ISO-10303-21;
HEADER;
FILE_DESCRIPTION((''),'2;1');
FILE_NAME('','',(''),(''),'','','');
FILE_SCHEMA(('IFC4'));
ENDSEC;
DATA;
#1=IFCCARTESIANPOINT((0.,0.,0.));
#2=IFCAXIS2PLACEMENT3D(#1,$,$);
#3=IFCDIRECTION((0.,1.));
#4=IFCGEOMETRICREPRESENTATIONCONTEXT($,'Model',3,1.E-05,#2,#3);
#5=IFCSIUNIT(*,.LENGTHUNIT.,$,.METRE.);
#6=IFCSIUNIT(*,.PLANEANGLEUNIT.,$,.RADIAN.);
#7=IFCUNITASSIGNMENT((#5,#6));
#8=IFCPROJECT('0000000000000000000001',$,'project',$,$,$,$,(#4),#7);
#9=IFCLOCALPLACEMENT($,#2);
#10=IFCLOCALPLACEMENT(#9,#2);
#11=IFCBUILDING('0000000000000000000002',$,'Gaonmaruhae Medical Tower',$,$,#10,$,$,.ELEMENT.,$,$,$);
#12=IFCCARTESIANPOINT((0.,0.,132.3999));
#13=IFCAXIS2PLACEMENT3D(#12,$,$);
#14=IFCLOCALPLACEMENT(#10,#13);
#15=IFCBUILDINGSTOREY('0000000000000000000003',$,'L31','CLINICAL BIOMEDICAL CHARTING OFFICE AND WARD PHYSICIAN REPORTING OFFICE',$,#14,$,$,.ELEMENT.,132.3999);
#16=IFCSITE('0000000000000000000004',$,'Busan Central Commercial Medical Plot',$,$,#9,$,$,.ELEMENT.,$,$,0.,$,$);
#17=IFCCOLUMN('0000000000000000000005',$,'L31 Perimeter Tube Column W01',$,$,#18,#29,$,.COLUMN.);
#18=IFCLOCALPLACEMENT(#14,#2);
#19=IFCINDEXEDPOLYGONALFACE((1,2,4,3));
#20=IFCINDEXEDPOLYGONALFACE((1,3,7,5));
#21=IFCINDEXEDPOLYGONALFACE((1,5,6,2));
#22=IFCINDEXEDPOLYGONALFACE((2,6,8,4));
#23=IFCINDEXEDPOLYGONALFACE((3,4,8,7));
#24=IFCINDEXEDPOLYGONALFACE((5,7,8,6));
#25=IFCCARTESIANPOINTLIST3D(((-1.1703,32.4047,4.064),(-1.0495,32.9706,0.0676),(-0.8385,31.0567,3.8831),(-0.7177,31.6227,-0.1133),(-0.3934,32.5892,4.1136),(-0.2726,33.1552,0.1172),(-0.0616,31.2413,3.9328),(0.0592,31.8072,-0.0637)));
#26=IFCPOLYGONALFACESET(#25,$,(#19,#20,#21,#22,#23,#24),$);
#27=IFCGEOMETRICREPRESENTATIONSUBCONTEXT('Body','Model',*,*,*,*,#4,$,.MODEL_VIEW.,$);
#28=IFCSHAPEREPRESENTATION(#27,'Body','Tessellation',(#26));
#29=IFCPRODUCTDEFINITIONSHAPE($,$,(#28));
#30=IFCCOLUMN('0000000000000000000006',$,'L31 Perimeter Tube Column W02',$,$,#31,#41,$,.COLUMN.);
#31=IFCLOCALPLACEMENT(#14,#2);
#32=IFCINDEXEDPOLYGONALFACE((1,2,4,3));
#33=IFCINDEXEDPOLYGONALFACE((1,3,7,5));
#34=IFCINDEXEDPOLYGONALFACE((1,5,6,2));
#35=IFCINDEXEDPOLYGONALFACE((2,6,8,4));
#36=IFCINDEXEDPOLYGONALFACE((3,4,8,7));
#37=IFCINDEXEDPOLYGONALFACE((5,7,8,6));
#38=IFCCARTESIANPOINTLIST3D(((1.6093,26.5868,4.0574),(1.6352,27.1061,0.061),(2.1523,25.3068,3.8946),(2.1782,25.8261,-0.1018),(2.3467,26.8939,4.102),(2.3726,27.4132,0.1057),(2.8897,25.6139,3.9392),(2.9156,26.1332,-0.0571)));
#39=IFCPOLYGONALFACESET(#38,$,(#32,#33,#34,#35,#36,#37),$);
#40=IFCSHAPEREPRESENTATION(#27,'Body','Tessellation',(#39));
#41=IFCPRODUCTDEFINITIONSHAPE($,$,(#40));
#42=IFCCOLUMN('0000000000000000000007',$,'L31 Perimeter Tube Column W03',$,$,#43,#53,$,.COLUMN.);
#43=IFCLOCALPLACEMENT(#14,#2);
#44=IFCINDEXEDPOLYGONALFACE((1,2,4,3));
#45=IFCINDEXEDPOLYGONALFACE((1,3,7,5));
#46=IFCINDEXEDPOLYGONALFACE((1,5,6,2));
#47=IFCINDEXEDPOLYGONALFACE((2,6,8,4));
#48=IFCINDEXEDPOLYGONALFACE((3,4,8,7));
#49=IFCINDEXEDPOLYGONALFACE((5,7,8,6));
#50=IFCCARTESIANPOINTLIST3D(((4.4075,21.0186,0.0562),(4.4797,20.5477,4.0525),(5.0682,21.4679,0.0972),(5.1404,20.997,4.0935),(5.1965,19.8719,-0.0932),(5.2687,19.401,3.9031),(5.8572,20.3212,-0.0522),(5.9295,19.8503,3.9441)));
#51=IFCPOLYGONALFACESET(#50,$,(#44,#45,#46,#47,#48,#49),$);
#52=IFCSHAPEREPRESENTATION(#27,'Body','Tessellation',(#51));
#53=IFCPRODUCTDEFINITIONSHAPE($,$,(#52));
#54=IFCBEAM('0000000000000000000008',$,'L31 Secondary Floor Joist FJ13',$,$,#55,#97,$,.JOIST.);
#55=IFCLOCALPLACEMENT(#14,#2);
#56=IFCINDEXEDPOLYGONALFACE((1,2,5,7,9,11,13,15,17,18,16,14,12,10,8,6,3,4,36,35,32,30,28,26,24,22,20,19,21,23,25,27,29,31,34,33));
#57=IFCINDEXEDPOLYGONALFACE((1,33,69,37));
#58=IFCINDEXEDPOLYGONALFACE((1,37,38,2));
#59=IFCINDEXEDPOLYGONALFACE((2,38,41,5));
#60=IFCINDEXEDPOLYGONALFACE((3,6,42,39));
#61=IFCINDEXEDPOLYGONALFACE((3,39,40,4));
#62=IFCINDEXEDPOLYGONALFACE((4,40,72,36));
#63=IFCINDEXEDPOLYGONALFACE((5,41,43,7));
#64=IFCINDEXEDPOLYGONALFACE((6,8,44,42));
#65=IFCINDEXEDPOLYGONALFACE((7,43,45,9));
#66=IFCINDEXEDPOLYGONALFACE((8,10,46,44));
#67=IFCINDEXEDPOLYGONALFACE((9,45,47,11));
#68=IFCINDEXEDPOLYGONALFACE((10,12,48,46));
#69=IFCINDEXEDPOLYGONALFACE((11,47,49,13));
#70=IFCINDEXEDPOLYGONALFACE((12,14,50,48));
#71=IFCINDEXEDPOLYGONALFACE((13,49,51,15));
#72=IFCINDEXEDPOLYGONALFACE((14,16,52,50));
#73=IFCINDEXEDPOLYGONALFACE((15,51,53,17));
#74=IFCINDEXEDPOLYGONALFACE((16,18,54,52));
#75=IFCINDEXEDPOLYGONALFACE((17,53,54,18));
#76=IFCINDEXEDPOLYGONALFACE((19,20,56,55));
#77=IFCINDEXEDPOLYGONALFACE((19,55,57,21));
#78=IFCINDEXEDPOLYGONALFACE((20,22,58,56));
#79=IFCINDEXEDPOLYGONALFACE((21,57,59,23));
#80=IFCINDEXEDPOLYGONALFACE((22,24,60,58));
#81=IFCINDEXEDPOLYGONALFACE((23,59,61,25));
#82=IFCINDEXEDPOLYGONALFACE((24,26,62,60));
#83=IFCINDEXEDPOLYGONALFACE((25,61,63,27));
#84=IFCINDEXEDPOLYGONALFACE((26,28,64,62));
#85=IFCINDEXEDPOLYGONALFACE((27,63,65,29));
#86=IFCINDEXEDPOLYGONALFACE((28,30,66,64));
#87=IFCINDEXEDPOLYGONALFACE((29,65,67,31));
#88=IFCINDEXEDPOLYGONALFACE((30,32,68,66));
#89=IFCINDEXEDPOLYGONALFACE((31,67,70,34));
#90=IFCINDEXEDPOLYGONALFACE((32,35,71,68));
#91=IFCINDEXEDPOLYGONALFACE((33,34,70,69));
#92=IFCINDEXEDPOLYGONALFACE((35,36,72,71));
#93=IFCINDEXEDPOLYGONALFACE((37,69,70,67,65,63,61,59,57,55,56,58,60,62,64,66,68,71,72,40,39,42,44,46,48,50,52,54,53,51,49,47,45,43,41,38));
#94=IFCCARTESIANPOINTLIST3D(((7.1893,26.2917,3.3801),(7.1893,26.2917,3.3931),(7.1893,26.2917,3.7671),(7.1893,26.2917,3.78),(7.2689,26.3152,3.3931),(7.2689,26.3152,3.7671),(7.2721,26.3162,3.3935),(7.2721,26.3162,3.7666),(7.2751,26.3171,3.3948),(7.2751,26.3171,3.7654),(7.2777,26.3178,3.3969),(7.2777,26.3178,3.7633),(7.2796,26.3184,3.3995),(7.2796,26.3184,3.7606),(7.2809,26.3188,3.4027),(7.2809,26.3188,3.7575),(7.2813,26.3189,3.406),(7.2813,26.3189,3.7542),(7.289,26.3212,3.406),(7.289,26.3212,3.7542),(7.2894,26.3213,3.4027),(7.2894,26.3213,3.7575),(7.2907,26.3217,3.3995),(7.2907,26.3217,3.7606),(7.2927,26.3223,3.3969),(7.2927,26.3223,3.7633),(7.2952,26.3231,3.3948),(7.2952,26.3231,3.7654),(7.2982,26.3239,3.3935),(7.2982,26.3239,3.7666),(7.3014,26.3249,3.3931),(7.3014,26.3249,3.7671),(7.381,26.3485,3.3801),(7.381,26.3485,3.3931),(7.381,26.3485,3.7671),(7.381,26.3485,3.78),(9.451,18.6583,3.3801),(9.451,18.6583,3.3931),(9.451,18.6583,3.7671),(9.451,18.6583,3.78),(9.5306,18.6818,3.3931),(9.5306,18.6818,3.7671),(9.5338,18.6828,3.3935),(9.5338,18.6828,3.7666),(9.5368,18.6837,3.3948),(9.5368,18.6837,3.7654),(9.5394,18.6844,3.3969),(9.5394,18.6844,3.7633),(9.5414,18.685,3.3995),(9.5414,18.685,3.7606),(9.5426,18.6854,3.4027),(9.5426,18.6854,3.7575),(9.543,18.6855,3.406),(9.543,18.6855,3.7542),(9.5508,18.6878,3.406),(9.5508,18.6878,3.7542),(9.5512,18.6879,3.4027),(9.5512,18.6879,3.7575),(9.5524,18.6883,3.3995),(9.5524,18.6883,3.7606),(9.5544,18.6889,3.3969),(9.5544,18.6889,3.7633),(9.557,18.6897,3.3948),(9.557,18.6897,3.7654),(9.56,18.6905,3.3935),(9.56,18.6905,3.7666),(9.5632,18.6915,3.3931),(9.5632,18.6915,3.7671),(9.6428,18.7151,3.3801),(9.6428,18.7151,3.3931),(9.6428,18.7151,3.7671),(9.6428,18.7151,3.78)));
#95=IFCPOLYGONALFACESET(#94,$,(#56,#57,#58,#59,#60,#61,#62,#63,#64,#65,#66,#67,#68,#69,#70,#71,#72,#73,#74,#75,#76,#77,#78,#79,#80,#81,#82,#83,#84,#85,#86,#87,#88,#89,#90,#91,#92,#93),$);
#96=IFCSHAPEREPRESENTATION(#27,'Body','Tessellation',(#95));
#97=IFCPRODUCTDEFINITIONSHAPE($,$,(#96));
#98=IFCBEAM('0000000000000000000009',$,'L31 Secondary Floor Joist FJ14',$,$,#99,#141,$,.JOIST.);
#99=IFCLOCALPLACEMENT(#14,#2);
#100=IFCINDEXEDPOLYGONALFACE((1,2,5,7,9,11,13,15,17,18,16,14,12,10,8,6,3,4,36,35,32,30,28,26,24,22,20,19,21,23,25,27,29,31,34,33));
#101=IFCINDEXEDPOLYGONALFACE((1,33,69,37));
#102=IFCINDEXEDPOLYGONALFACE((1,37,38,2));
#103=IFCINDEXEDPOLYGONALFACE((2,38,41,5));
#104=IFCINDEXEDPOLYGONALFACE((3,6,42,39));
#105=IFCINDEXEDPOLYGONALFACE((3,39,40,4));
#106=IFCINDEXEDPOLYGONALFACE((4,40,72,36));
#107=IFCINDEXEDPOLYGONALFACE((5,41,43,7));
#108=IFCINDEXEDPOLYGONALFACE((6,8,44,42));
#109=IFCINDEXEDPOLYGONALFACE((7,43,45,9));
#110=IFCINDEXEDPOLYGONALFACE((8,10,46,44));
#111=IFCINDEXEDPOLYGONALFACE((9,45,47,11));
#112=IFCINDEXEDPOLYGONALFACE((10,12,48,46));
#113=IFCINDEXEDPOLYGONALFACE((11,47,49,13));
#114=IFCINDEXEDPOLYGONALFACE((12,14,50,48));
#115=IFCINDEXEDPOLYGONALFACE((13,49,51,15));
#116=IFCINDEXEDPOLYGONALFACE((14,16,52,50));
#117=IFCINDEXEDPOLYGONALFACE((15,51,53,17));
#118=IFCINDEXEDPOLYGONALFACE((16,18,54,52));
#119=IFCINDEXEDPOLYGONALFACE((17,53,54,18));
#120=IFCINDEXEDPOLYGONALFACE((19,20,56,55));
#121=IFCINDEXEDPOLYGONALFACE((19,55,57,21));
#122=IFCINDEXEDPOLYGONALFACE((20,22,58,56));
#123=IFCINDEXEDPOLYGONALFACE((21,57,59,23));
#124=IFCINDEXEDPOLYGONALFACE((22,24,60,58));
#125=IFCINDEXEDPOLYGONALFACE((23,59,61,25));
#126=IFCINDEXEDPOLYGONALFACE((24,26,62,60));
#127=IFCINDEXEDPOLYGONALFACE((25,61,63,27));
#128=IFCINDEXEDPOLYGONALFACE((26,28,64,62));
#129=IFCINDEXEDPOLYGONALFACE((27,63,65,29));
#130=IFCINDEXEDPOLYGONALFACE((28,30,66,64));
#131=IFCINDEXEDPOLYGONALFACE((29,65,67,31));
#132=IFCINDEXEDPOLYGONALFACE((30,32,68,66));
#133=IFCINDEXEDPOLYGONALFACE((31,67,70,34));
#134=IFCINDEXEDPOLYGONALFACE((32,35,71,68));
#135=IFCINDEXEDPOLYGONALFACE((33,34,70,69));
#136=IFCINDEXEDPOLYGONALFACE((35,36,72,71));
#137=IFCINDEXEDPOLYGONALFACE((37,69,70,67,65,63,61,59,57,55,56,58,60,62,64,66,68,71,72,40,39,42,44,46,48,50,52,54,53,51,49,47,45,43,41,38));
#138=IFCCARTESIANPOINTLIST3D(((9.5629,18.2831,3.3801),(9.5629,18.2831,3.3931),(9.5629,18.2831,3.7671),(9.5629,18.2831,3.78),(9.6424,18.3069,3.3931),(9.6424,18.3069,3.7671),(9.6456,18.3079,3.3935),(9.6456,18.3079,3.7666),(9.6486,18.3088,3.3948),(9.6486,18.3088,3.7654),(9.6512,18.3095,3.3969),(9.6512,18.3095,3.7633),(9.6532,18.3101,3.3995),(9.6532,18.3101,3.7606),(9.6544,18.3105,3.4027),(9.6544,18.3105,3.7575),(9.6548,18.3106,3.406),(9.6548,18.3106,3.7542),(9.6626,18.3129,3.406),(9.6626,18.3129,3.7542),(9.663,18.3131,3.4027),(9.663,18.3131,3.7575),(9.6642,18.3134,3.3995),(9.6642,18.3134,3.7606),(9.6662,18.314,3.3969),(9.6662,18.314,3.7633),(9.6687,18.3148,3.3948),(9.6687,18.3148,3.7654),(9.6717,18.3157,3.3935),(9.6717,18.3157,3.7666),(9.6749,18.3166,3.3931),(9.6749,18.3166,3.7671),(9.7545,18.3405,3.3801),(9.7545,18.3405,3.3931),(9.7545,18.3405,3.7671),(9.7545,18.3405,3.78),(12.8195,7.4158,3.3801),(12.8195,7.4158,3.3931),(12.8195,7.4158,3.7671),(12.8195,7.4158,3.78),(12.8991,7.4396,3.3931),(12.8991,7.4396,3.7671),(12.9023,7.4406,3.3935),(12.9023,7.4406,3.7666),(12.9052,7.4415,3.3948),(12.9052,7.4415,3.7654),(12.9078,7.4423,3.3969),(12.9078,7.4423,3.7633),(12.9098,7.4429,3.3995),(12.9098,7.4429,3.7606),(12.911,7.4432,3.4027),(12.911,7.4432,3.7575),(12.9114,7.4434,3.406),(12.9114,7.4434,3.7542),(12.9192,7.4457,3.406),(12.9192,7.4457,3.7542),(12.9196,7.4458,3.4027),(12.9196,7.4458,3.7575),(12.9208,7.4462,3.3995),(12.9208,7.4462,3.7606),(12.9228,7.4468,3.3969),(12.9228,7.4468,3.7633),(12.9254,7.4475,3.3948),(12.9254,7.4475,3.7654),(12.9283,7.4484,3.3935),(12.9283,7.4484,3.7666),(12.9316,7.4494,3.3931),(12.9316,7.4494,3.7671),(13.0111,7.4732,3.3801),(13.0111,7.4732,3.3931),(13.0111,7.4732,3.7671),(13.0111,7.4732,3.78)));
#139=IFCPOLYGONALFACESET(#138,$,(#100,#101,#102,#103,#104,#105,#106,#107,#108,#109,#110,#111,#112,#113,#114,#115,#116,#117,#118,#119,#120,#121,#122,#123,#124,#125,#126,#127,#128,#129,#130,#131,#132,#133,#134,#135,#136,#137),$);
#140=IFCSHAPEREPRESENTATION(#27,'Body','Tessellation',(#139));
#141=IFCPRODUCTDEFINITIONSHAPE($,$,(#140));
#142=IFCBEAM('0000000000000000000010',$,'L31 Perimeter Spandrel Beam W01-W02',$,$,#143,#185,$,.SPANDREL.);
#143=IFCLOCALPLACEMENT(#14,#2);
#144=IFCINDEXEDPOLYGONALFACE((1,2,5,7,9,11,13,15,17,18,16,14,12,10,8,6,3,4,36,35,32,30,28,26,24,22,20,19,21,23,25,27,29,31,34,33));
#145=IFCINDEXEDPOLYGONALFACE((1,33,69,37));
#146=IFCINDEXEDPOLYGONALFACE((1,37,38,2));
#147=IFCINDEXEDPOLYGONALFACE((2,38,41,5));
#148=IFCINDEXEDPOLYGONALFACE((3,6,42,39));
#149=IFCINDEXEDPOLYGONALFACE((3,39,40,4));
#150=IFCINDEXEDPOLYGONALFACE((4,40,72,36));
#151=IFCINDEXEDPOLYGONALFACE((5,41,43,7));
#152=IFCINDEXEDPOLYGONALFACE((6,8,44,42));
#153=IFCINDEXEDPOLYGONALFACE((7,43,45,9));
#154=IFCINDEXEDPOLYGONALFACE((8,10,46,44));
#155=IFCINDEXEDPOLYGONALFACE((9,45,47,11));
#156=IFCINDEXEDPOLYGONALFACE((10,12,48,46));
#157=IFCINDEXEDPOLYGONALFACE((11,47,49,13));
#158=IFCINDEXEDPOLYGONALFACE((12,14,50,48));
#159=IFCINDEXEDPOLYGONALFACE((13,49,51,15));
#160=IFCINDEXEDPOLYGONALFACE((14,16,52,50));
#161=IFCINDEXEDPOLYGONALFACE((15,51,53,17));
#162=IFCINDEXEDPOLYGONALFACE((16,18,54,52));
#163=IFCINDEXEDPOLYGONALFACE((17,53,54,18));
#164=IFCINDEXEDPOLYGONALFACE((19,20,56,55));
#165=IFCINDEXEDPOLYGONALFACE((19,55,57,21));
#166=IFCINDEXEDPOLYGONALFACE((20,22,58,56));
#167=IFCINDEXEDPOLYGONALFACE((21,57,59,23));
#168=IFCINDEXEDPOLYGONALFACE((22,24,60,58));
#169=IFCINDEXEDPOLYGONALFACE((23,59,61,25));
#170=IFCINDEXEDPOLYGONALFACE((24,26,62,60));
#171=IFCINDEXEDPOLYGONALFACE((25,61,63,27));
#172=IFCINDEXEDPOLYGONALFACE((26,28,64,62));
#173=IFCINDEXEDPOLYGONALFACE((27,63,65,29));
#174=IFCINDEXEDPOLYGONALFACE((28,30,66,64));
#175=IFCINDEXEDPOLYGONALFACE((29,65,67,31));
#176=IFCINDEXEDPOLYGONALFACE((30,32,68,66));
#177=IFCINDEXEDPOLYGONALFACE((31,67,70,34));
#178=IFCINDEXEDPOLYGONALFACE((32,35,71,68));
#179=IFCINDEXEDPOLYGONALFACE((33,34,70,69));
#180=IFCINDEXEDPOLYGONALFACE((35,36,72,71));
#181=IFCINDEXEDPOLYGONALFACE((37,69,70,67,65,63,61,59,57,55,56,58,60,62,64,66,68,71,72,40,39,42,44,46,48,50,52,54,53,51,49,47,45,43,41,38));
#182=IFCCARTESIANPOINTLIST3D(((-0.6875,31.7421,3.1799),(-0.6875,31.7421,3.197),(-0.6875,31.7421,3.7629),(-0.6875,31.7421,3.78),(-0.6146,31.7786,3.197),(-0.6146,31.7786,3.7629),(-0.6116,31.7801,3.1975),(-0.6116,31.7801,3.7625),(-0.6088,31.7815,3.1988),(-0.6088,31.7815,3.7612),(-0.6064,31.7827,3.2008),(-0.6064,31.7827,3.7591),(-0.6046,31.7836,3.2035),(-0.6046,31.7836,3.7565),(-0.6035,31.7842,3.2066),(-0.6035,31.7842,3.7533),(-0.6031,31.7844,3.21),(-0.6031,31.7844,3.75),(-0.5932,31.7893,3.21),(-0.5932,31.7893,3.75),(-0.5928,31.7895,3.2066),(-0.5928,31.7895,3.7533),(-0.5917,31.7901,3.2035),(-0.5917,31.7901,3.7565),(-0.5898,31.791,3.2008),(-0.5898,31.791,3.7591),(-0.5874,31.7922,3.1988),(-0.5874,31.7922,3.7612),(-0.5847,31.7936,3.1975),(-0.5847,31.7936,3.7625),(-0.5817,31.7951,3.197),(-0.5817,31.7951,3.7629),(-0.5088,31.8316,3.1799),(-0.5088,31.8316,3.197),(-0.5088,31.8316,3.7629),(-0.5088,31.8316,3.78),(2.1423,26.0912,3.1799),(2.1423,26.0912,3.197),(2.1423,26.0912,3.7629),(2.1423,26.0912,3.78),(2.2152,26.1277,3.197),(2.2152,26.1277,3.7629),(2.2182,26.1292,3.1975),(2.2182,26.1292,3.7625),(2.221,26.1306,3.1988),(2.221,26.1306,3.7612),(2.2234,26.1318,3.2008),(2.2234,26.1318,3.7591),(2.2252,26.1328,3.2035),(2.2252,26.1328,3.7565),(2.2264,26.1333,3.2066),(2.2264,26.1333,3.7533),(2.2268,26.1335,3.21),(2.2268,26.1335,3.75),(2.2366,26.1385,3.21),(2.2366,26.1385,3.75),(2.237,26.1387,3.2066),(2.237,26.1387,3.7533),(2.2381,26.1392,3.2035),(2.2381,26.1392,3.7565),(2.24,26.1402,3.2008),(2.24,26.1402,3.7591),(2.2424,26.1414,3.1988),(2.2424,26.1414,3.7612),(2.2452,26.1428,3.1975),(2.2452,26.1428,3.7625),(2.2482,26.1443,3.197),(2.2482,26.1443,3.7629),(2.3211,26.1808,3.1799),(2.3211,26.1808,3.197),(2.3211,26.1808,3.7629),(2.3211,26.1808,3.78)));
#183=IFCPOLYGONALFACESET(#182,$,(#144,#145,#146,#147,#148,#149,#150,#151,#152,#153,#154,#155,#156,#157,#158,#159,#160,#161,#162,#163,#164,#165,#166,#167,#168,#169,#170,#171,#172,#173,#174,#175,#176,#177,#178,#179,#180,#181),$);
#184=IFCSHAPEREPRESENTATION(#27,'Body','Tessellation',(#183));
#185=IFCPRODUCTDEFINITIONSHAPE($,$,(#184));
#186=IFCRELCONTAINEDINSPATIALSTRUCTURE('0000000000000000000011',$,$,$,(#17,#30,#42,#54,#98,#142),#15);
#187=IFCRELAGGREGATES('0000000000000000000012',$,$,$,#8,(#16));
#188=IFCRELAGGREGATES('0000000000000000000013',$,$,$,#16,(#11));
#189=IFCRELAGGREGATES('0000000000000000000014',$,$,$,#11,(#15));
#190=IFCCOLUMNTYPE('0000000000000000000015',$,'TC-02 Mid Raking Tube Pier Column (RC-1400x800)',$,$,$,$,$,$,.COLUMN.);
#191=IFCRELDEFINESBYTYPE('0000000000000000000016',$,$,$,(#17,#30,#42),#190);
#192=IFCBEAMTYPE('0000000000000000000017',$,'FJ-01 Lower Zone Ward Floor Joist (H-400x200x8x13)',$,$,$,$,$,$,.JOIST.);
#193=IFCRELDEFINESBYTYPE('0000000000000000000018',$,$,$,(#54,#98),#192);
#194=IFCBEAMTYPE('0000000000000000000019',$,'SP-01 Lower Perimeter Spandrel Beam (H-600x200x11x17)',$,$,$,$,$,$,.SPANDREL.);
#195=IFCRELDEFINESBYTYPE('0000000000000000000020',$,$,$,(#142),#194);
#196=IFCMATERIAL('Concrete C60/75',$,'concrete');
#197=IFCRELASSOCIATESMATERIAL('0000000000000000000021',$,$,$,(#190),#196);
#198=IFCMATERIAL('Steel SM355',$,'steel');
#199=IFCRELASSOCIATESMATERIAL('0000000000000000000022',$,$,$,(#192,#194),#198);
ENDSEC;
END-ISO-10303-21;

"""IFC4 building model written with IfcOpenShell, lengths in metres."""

from ifc_helpers import new_model, si_unit, direction, frame, origin, origin_2d, place, context, subcontext, project, spatial, rectangle, i_section, extrude, material, material_profile, profile_set, type_object, element, save


model = new_model("IFC4")

# Units and contexts
model_context = context("Model", 3, precision=1e-05, world=origin(), true_north=direction((0.0, 1.0)))
body_context = subcontext(model_context, "Body", "Model", "MODEL_VIEW")
ifc_project = project(units=[si_unit("LENGTHUNIT", "METRE"), si_unit("PLANEANGLEUNIT", "RADIAN")], contexts=[model_context])

# Site, building, storey
site_placement = place(None, origin())
site = spatial("IfcSite", under=ifc_project, at=site_placement, Name="Busan Central Commercial Medical Plot", CompositionType="ELEMENT", RefElevation=0.0)
building_placement = place(site_placement, origin())
building = spatial("IfcBuilding", under=site, at=building_placement, Name="Gaonmaruhae Medical Tower", CompositionType="ELEMENT")
storey_placement = place(building_placement, frame((0.0, 0.0, 132.3999)))
storey = spatial("IfcBuildingStorey", under=building, at=storey_placement, Name="L31", Description="CLINICAL BIOMEDICAL CHARTING OFFICE AND WARD PHYSICIAN REPORTING OFFICE", CompositionType="ELEMENT", Elevation=132.3999)

# Columns
ifc_material_1 = material(Name="Concrete C60/75", Category="concrete")
ifc_material_profile_1 = material_profile(ifc_material_1, rectangle(XDim=1.3999, YDim=0.8, at=origin_2d()), Name="RC-1400x800")
ifc_profile_set_1 = profile_set([ifc_material_profile_1], Name="Concrete C60/75")
column_type = type_object("IfcColumnType", Name="TC-02 Mid Raking Tube Pier Column (RC-1400x800)", PredefinedType="COLUMN", material=ifc_profile_set_1)
column_1_placement = place(storey_placement, frame((-0.4951, 32.3889, 0.002), z_axis=(-0.029928, -0.140147, 0.989678), x_axis=(-0.237013, 0.962879, 0.129185)))
element("IfcColumn", 1, at=column_1_placement, inside=storey, type_object=column_type, Name="L31 Perimeter Tube Column W01", PredefinedType="COLUMN", context=body_context, shape_type="SweptSolid", body=[
    extrude(rectangle(XDim=1.3999, YDim=0.8, at=origin_2d()), origin(), (0.0, 0.0, 1.0), 4.0381),
])
column_2_placement = place(storey_placement, frame((2.2754, 26.6196, 0.002), z_axis=(-0.006422, -0.128855, 0.991643), x_axis=(-0.387842, 0.914359, 0.116301)))
element("IfcColumn", 2, at=column_2_placement, inside=storey, type_object=column_type, Name="L31 Perimeter Tube Column W02", PredefinedType="COLUMN", context=body_context, shape_type="SweptSolid", body=[
    extrude(rectangle(XDim=1.3999, YDim=0.8, at=origin_2d()), origin(), (0.0, 0.0, 1.0), 4.03),
])
column_3_placement = place(storey_placement, frame((5.1323, 20.6699, 0.002), z_axis=(0.017956, -0.117016, 0.992968), x_axis=(-0.563629, 0.819105, 0.106719)))
element("IfcColumn", 3, at=column_3_placement, inside=storey, type_object=column_type, Name="L31 Perimeter Tube Column W03", PredefinedType="COLUMN", context=body_context, shape_type="SweptSolid", body=[
    extrude(rectangle(XDim=1.3999, YDim=0.8, at=origin_2d()), origin(), (0.0, 0.0, 1.0), 4.0247),
])

# Beams
ifc_material_2 = material(Name="Steel SM355", Category="steel")
ifc_material_profile_2 = material_profile(ifc_material_2, i_section(OverallWidth=0.2, OverallDepth=0.3999, WebThickness=0.0081, FlangeThickness=0.0129, FilletRadius=0.0129, at=origin_2d()), Name="H-400x200x8x13")
ifc_profile_set_2 = profile_set([ifc_material_profile_2], Name="Steel SM355")
beam_type_1 = type_object("IfcBeamType", Name="FJ-01 Lower Zone Ward Floor Joist (H-400x200x8x13)", PredefinedType="JOIST", material=ifc_profile_set_2)
beam_1_placement = place(storey_placement, frame((7.2852, 26.3201, 3.5801), z_axis=(0.284088, -0.958798, 0.0), x_axis=(0.958798, 0.284088, 0.0)))
element("IfcBeam", 4, at=beam_1_placement, inside=storey, type_object=beam_type_1, Name="L31 Secondary Floor Joist FJ13", PredefinedType="JOIST", context=body_context, shape_type="SweptSolid", body=[
    extrude(i_section(OverallWidth=0.2, OverallDepth=0.3999, WebThickness=0.0081, FlangeThickness=0.0129, FilletRadius=0.0129, at=origin_2d()), origin(), (0.0, 0.0, 1.0), 7.9614),
])
beam_2_placement = place(storey_placement, frame((9.6587, 18.3118, 3.5801), z_axis=(0.28706, -0.957913, 0.0), x_axis=(0.957913, 0.28706, 0.0)))
element("IfcBeam", 5, at=beam_2_placement, inside=storey, type_object=beam_type_1, Name="L31 Secondary Floor Joist FJ14", PredefinedType="JOIST", context=body_context, shape_type="SweptSolid", body=[
    extrude(i_section(OverallWidth=0.2, OverallDepth=0.3999, WebThickness=0.0081, FlangeThickness=0.0129, FilletRadius=0.0129, at=origin_2d()), origin(), (0.0, 0.0, 1.0), 11.3447),
])
ifc_material_profile_3 = material_profile(ifc_material_2, i_section(OverallWidth=0.2, OverallDepth=0.6001, WebThickness=0.011, FlangeThickness=0.0171, FilletRadius=0.0129, at=origin_2d()), Name="H-600x200x11x17")
ifc_profile_set_3 = profile_set([ifc_material_profile_3], Name="Steel SM355")
beam_type_2 = type_object("IfcBeamType", Name="SP-01 Lower Perimeter Spandrel Beam (H-600x200x11x17)", PredefinedType="SPANDREL", material=ifc_profile_set_3)
beam_3_placement = place(storey_placement, frame((-0.5981, 31.7869, 3.48), z_axis=(0.44777, -0.894149, 0.0), x_axis=(0.894149, 0.44777, 0.0)))
element("IfcBeam", 6, at=beam_3_placement, inside=storey, type_object=beam_type_2, Name="L31 Perimeter Spandrel Beam W01-W02", PredefinedType="SPANDREL", context=body_context, shape_type="SweptSolid", body=[
    extrude(i_section(OverallWidth=0.2, OverallDepth=0.6001, WebThickness=0.011, FlangeThickness=0.0171, FilletRadius=0.0129, at=origin_2d()), origin(), (0.0, 0.0, 1.0), 6.3198),
])

save(model, "model.ifc")
